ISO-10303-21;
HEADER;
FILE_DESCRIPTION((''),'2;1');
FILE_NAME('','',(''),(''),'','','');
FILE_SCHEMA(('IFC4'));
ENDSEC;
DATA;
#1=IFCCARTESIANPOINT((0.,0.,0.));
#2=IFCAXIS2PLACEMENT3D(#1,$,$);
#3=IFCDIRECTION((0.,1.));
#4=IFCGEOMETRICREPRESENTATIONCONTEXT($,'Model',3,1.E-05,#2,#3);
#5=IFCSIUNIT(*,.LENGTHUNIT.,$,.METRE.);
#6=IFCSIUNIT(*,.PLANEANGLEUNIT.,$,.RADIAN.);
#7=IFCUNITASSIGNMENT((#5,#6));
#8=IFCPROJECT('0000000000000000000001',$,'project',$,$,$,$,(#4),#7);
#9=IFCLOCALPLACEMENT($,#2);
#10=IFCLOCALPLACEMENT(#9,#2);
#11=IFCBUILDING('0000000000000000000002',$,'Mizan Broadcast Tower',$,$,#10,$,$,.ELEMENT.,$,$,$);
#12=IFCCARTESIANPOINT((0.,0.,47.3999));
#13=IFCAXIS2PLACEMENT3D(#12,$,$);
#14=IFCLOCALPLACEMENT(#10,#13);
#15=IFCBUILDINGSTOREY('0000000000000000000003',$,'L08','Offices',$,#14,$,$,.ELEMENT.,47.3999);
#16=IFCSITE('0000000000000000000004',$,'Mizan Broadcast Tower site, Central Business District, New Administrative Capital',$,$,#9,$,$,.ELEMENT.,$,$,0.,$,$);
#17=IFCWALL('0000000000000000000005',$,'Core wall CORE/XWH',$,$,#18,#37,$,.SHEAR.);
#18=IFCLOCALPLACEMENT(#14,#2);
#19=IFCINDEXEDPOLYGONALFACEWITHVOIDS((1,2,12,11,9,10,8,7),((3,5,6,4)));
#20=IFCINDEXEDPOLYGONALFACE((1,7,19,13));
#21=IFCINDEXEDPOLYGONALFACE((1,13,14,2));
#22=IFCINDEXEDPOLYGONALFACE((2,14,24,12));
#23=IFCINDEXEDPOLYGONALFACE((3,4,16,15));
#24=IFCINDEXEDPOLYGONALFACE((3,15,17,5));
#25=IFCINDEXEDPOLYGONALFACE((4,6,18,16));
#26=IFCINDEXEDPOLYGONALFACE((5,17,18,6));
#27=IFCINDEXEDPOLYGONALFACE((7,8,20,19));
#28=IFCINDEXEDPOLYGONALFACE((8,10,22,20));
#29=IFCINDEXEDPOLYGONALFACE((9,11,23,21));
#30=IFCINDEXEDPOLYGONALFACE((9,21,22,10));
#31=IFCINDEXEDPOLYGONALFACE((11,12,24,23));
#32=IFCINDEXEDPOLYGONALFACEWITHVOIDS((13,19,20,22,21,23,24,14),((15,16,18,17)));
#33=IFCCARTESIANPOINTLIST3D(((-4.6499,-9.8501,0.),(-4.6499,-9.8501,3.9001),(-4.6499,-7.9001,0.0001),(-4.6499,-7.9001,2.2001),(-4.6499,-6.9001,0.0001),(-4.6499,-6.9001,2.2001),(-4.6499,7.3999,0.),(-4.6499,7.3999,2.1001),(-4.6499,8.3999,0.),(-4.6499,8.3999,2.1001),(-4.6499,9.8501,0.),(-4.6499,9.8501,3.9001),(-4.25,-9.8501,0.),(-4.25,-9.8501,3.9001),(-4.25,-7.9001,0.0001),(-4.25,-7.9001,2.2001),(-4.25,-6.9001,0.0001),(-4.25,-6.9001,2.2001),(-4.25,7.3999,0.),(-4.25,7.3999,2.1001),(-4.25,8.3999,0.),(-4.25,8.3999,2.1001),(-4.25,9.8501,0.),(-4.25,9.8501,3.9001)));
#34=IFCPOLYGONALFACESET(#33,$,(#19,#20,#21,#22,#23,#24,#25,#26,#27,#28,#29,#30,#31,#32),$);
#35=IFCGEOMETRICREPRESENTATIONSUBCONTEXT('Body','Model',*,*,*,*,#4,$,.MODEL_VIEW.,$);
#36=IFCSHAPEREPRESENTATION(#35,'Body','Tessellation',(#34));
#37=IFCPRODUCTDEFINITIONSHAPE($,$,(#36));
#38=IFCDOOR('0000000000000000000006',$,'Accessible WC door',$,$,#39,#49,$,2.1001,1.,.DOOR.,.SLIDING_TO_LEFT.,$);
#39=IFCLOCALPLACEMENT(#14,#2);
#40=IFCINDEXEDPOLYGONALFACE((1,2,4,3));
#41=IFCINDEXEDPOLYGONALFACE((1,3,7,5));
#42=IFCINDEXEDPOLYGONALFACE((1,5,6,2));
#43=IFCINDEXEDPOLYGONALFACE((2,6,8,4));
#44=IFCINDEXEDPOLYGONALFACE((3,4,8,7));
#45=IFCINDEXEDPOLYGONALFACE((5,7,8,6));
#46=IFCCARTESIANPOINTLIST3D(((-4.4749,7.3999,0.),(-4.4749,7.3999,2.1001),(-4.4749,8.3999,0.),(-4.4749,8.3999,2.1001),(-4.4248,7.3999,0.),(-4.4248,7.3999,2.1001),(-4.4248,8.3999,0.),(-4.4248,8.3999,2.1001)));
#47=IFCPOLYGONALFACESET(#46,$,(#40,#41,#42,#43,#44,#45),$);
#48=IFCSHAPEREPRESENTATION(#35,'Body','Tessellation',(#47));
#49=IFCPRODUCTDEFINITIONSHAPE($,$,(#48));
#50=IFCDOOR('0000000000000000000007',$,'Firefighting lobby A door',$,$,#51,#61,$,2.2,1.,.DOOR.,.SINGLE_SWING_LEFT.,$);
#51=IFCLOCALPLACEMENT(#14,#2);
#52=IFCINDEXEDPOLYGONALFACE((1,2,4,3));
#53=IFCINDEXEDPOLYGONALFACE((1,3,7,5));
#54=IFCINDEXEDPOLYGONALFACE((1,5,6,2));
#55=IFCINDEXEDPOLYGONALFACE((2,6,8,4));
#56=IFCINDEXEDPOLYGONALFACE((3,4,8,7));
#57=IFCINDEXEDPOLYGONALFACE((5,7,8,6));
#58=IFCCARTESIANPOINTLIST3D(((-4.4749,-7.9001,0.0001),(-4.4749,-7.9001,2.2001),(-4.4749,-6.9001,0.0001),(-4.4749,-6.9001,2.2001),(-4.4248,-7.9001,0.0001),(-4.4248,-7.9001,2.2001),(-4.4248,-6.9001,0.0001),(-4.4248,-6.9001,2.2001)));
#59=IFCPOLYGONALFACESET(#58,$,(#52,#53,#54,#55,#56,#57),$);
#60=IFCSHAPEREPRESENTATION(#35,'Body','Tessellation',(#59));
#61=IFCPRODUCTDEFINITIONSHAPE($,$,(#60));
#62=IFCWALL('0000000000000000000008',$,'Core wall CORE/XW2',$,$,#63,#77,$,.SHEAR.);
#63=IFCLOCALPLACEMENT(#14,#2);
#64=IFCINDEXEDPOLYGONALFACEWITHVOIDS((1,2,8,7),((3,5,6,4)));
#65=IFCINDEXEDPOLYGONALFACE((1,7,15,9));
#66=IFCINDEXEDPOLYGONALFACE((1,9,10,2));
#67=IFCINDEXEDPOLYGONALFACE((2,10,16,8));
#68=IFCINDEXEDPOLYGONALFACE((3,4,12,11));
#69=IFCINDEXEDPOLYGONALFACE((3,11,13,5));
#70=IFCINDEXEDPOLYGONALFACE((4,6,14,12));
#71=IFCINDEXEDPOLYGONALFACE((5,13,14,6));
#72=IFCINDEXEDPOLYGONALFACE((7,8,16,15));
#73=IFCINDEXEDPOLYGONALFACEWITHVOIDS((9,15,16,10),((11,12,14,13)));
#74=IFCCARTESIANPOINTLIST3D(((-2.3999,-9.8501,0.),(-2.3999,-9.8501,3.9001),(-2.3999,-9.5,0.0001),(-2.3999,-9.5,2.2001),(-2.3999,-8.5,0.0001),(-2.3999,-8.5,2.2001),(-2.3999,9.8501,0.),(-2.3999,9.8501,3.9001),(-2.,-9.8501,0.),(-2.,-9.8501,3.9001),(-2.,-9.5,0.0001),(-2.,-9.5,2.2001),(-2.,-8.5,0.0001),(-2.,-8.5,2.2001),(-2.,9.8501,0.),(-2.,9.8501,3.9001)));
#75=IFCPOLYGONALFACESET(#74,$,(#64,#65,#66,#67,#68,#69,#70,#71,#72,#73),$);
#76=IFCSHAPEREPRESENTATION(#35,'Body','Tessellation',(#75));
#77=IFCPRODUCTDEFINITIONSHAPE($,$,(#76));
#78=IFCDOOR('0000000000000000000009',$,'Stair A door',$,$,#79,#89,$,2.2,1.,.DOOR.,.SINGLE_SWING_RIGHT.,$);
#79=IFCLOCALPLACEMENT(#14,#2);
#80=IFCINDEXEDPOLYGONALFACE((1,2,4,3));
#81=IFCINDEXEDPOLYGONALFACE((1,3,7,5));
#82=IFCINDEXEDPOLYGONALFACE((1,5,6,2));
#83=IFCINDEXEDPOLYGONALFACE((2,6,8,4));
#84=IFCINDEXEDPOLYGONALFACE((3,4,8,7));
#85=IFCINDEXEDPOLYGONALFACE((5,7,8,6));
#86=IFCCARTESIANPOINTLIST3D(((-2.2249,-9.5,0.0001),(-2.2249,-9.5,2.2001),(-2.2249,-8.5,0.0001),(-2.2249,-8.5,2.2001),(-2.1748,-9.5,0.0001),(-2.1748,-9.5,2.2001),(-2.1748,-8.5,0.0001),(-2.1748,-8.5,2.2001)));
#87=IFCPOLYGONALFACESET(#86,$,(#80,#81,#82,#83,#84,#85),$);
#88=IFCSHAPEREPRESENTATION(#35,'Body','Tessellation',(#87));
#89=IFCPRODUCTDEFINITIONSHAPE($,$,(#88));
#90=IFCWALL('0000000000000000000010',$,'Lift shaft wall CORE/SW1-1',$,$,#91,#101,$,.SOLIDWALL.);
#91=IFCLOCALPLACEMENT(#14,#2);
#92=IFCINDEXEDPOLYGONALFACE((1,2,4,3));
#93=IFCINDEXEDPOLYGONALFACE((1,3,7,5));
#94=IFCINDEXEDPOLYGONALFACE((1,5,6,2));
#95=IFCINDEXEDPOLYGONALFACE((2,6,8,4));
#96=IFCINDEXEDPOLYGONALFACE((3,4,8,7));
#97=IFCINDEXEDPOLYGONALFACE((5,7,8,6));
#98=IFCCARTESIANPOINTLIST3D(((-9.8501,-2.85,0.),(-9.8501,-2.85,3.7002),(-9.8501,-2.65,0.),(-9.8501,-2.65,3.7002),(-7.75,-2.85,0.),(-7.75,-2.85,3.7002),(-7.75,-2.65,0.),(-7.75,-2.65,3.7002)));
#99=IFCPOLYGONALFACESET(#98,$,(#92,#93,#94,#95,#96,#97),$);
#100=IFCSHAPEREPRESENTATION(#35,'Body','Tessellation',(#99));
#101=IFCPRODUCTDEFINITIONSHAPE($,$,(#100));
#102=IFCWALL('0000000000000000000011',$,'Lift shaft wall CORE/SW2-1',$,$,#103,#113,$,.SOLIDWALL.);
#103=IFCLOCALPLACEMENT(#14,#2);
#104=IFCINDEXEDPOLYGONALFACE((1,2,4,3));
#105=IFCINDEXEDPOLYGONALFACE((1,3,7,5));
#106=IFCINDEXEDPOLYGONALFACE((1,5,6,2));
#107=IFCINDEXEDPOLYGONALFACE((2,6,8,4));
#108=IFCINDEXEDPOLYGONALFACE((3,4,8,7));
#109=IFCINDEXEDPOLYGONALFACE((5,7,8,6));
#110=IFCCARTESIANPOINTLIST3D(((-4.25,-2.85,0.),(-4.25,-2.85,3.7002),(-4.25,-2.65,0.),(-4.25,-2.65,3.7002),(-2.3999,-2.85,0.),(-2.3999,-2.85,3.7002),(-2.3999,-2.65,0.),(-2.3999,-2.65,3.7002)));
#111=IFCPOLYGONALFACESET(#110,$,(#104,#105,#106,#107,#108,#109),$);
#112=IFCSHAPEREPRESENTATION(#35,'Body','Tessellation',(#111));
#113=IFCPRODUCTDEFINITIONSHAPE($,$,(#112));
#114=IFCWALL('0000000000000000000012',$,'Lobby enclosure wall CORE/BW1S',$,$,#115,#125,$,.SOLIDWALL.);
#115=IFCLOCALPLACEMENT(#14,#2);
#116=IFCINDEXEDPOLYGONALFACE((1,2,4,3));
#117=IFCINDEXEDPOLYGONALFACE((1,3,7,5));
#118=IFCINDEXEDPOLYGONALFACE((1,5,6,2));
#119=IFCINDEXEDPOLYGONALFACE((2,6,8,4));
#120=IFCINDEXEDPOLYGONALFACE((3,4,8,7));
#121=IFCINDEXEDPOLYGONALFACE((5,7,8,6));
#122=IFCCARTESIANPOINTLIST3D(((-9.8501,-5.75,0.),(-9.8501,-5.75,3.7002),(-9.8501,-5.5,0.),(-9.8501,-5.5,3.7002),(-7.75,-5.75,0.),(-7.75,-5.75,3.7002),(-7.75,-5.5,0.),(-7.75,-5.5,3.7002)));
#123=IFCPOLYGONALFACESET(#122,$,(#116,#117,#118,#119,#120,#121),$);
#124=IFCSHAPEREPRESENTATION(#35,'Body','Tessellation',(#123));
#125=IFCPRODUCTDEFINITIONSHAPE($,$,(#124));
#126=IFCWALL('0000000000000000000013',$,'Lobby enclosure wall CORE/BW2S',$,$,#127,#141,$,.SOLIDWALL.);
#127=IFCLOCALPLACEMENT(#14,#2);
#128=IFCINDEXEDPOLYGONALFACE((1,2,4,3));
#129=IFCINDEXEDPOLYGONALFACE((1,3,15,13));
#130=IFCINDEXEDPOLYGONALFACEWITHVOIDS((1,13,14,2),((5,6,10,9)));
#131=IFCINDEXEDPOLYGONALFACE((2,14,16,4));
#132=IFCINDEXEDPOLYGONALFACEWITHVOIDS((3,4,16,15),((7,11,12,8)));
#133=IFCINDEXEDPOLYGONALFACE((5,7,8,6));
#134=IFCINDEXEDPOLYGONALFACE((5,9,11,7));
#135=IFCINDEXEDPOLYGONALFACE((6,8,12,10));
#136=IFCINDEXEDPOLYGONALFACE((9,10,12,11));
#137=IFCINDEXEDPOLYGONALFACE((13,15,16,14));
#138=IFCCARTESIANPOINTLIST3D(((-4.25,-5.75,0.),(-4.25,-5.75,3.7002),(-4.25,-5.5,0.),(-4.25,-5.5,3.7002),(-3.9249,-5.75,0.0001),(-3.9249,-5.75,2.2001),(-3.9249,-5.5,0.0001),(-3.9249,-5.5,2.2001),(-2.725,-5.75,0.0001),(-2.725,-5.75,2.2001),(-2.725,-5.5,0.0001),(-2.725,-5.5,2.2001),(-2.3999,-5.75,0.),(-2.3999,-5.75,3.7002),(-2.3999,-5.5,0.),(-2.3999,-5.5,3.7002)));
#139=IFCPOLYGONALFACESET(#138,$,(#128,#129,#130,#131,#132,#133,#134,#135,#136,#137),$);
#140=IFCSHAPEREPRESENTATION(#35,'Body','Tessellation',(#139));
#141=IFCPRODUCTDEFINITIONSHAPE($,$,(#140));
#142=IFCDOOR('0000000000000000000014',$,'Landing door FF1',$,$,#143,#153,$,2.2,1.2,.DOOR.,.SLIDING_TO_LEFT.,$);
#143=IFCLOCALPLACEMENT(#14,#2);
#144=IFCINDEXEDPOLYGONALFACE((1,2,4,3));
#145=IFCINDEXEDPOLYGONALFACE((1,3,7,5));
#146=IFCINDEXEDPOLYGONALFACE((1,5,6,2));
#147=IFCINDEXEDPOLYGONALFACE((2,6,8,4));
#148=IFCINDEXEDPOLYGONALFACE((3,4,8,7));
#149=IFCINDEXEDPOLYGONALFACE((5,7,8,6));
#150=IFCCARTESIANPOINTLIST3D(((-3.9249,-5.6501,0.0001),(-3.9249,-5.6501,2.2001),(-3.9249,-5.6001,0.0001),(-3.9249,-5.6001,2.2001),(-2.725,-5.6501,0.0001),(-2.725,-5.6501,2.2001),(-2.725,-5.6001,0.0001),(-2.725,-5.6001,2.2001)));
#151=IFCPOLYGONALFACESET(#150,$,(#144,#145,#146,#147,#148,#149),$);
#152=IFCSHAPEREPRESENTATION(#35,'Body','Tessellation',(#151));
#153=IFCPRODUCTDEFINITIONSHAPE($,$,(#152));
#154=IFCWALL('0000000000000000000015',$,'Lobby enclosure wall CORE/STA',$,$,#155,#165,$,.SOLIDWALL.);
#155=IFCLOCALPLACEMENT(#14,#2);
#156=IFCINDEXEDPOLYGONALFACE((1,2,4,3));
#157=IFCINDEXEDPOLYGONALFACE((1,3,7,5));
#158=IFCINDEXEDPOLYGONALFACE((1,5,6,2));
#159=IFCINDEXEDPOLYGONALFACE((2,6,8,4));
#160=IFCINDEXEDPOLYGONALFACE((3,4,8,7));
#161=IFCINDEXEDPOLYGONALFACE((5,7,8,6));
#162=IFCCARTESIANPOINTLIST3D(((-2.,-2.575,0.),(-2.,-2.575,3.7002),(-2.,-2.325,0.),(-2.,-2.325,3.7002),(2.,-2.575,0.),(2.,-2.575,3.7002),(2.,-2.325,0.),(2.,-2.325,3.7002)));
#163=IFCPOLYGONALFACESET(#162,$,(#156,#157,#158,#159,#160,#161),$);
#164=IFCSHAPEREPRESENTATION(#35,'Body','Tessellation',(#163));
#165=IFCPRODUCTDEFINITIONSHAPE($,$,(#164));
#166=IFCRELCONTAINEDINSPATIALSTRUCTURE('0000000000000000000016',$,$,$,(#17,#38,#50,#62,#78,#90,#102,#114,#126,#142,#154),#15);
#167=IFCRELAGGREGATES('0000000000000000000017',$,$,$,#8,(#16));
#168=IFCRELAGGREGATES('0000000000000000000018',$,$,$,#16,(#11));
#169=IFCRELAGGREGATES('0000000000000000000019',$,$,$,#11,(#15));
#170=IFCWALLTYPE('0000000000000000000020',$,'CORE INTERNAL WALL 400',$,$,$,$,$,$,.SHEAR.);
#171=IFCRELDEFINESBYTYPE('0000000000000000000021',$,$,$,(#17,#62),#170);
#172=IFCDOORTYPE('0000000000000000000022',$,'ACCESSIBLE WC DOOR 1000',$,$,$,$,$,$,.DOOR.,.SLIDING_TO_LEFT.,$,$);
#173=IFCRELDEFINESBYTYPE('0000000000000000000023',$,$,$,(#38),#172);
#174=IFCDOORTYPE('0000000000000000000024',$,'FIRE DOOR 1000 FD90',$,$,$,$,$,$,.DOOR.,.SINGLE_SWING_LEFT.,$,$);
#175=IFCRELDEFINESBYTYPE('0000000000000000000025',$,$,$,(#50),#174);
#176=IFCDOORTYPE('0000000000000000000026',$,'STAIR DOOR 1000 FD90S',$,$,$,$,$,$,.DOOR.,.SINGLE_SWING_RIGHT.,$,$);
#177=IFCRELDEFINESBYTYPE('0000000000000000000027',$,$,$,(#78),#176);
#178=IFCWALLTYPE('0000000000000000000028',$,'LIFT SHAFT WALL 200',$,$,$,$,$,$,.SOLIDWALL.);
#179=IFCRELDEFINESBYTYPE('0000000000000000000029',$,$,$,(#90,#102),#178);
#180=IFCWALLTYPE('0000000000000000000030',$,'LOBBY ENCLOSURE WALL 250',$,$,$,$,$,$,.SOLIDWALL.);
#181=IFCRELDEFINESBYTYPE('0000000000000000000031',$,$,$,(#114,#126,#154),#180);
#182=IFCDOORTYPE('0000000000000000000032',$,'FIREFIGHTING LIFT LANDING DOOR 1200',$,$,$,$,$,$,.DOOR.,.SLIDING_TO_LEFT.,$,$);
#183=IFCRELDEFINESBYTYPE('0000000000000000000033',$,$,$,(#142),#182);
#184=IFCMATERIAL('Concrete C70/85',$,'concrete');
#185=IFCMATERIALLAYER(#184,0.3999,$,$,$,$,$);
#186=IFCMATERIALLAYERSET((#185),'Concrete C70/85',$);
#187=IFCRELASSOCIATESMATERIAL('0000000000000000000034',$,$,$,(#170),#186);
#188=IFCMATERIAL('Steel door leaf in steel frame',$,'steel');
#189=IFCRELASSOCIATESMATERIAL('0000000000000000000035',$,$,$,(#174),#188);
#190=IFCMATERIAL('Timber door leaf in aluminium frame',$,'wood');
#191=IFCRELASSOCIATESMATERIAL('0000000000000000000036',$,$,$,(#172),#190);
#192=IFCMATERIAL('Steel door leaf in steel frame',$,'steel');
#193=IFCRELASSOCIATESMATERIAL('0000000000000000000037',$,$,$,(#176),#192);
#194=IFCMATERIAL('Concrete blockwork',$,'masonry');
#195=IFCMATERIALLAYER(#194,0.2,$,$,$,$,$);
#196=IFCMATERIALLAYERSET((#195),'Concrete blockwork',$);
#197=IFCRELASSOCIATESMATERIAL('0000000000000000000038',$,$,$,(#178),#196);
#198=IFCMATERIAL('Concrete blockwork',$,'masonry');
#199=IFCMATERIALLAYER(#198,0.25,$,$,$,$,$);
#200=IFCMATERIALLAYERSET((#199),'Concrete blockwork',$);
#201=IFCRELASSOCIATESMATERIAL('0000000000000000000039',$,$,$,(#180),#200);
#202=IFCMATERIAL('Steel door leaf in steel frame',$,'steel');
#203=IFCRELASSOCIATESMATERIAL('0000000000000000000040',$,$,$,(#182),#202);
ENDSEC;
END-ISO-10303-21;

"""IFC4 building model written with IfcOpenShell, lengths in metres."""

from ifc_helpers import new_model, si_unit, direction, frame, frame_2d, origin, place, context, subcontext, project, spatial, rectangle, extrude, material, layer, layer_set, type_object, element, fill, save


model = new_model("IFC4")

# Units and contexts
model_context = context("Model", 3, precision=1e-05, world=origin(), true_north=direction((0.0, 1.0)))
body_context = subcontext(model_context, "Body", "Model", "MODEL_VIEW")
ifc_project = project(units=[si_unit("LENGTHUNIT", "METRE"), si_unit("PLANEANGLEUNIT", "RADIAN")], contexts=[model_context])

# Site, building, storey
site_placement = place(None, origin())
site = spatial("IfcSite", under=ifc_project, at=site_placement, Name="Mizan Broadcast Tower site, Central Business District, New Administrative Capital", CompositionType="ELEMENT", RefElevation=0.0)
building_placement = place(site_placement, origin())
building = spatial("IfcBuilding", under=site, at=building_placement, Name="Mizan Broadcast Tower", CompositionType="ELEMENT")
storey_placement = place(building_placement, frame((0.0, 0.0, 47.3999)))
storey = spatial("IfcBuildingStorey", under=building, at=storey_placement, Name="L08", Description="Offices", CompositionType="ELEMENT", Elevation=47.3999)

# Wall, openings, doors
ifc_material_1 = material(Name="Concrete C70/85", Category="concrete")
ifc_layer_1 = layer(ifc_material_1, 0.3999)
ifc_layer_set_1 = layer_set([ifc_layer_1], Name="Concrete C70/85")
wall_type_1 = type_object("IfcWallType", Name="CORE INTERNAL WALL 400", PredefinedType="SHEAR", material=ifc_layer_set_1)
ifc_material_2 = material(Name="Steel door leaf in steel frame", Category="steel")
door_type_1 = type_object("IfcDoorType", Name="FIRE DOOR 1000 FD90", OperationType="SINGLE_SWING_LEFT", PredefinedType="DOOR", material=ifc_material_2)
wall_1_placement = place(storey_placement, frame((-4.45, -9.8501, 0.0), z_axis=(0.0, 0.0, 1.0), x_axis=(0.0, 1.0, 0.0)))
wall_1 = element("IfcWall", 1, at=wall_1_placement, inside=storey, type_object=wall_type_1, Name="Core wall CORE/XWH", PredefinedType="SHEAR", context=body_context, shape_type="SweptSolid", body=[
    extrude(rectangle(XDim=19.7002, YDim=0.3999, at=frame_2d((9.8501, 0.0))), origin(), (0.0, 0.0, 1.0), 3.9001),
])
opening_1_placement = place(wall_1_placement, frame((1.95, 0.0, 0.0)))
opening_1 = element("IfcOpeningElement", 2, at=opening_1_placement, cuts=wall_1, PredefinedType="OPENING", context=body_context, shape_type="SweptSolid", body=[
    extrude(rectangle(XDim=1.0, YDim=2.2, at=frame_2d((0.5, 1.1001))), frame((0.0, 0.21, 0.0), z_axis=(0.0, -1.0, 0.0), x_axis=(1.0, 0.0, 0.0)), (0.0, 0.0, 1.0), 0.4199),
])
opening_2_placement = place(wall_1_placement, frame((17.25, 0.0, 0.0)))
opening_2 = element("IfcOpeningElement", 3, at=opening_2_placement, cuts=wall_1, PredefinedType="OPENING", context=body_context, shape_type="SweptSolid", body=[
    extrude(rectangle(XDim=1.0, YDim=2.1001, at=frame_2d((0.5, 1.05))), frame((0.0, 0.21, 0.0), z_axis=(0.0, -1.0, 0.0), x_axis=(1.0, 0.0, 0.0)), (0.0, 0.0, 1.0), 0.4199),
])
ifc_material_3 = material(Name="Timber door leaf in aluminium frame", Category="wood")
door_type_2 = type_object("IfcDoorType", Name="ACCESSIBLE WC DOOR 1000", OperationType="SLIDING_TO_LEFT", PredefinedType="DOOR", material=ifc_material_3)
door_1_placement = place(opening_2_placement, origin())
door_1 = element("IfcDoor", 4, at=door_1_placement, inside=storey, type_object=door_type_2, Name="Accessible WC door", OperationType="SLIDING_TO_LEFT", OverallHeight=2.1001, OverallWidth=1.0, PredefinedType="DOOR", context=body_context, shape_type="SweptSolid", body=[
    extrude(rectangle(XDim=1.0, YDim=2.1001, at=frame_2d((0.5, 1.05))), frame((0.0, 0.0249, 0.0), z_axis=(0.0, -1.0, 0.0), x_axis=(1.0, 0.0, 0.0)), (0.0, 0.0, 1.0), 0.05),
])
fill(opening_2, door_1)
door_2_placement = place(opening_1_placement, origin())
door_2 = element("IfcDoor", 5, at=door_2_placement, inside=storey, type_object=door_type_1, Name="Firefighting lobby A door", OperationType="SINGLE_SWING_LEFT", OverallHeight=2.2, OverallWidth=1.0, PredefinedType="DOOR", context=body_context, shape_type="SweptSolid", body=[
    extrude(rectangle(XDim=1.0, YDim=2.2, at=frame_2d((0.5, 1.1001))), frame((0.0, 0.0249, 0.0), z_axis=(0.0, -1.0, 0.0), x_axis=(1.0, 0.0, 0.0)), (0.0, 0.0, 1.0), 0.05),
])
fill(opening_1, door_2)

# Wall, opening, door
wall_2_placement = place(storey_placement, frame((-2.2, -9.8501, 0.0), z_axis=(0.0, 0.0, 1.0), x_axis=(0.0, 1.0, 0.0)))
wall_2 = element("IfcWall", 6, at=wall_2_placement, inside=storey, type_object=wall_type_1, Name="Core wall CORE/XW2", PredefinedType="SHEAR", context=body_context, shape_type="SweptSolid", body=[
    extrude(rectangle(XDim=19.7002, YDim=0.3999, at=frame_2d((9.8501, 0.0))), origin(), (0.0, 0.0, 1.0), 3.9001),
])
opening_3_placement = place(wall_2_placement, frame((0.3501, 0.0, 0.0)))
opening_3 = element("IfcOpeningElement", 7, at=opening_3_placement, cuts=wall_2, PredefinedType="OPENING", context=body_context, shape_type="SweptSolid", body=[
    extrude(rectangle(XDim=1.0, YDim=2.2, at=frame_2d((0.5, 1.1001))), frame((0.0, 0.21, 0.0), z_axis=(0.0, -1.0, 0.0), x_axis=(1.0, 0.0, 0.0)), (0.0, 0.0, 1.0), 0.4199),
])
ifc_material_4 = material(Name="Steel door leaf in steel frame", Category="steel")
door_type_3 = type_object("IfcDoorType", Name="STAIR DOOR 1000 FD90S", OperationType="SINGLE_SWING_RIGHT", PredefinedType="DOOR", material=ifc_material_4)
door_3_placement = place(opening_3_placement, origin())
door_3 = element("IfcDoor", 8, at=door_3_placement, inside=storey, type_object=door_type_3, Name="Stair A door", OperationType="SINGLE_SWING_RIGHT", OverallHeight=2.2, OverallWidth=1.0, PredefinedType="DOOR", context=body_context, shape_type="SweptSolid", body=[
    extrude(rectangle(XDim=1.0, YDim=2.2, at=frame_2d((0.5, 1.1001))), frame((0.0, 0.0249, 0.0), z_axis=(0.0, -1.0, 0.0), x_axis=(1.0, 0.0, 0.0)), (0.0, 0.0, 1.0), 0.05),
])
fill(opening_3, door_3)

# Walls
ifc_material_5 = material(Name="Concrete blockwork", Category="masonry")
ifc_layer_2 = layer(ifc_material_5, 0.2)
ifc_layer_set_2 = layer_set([ifc_layer_2], Name="Concrete blockwork")
wall_type_2 = type_object("IfcWallType", Name="LIFT SHAFT WALL 200", PredefinedType="SOLIDWALL", material=ifc_layer_set_2)
wall_3_placement = place(storey_placement, frame((-9.8501, -2.75, 0.0), z_axis=(0.0, 0.0, 1.0), x_axis=(1.0, 0.0, 0.0)))
element("IfcWall", 9, at=wall_3_placement, inside=storey, type_object=wall_type_2, Name="Lift shaft wall CORE/SW1-1", PredefinedType="SOLIDWALL", context=body_context, shape_type="SweptSolid", body=[
    extrude(rectangle(XDim=2.1001, YDim=0.2, at=frame_2d((1.05, 0.0))), origin(), (0.0, 0.0, 1.0), 3.7002),
])
wall_4_placement = place(storey_placement, frame((-4.25, -2.75, 0.0), z_axis=(0.0, 0.0, 1.0), x_axis=(1.0, 0.0, 0.0)))
element("IfcWall", 10, at=wall_4_placement, inside=storey, type_object=wall_type_2, Name="Lift shaft wall CORE/SW2-1", PredefinedType="SOLIDWALL", context=body_context, shape_type="SweptSolid", body=[
    extrude(rectangle(XDim=1.8501, YDim=0.2, at=frame_2d((0.925, 0.0))), origin(), (0.0, 0.0, 1.0), 3.7002),
])
ifc_material_6 = material(Name="Concrete blockwork", Category="masonry")
ifc_layer_3 = layer(ifc_material_6, 0.25)
ifc_layer_set_3 = layer_set([ifc_layer_3], Name="Concrete blockwork")
wall_type_3 = type_object("IfcWallType", Name="LOBBY ENCLOSURE WALL 250", PredefinedType="SOLIDWALL", material=ifc_layer_set_3)
wall_5_placement = place(storey_placement, frame((-9.8501, -5.625, 0.0), z_axis=(0.0, 0.0, 1.0), x_axis=(1.0, 0.0, 0.0)))
element("IfcWall", 11, at=wall_5_placement, inside=storey, type_object=wall_type_3, Name="Lobby enclosure wall CORE/BW1S", PredefinedType="SOLIDWALL", context=body_context, shape_type="SweptSolid", body=[
    extrude(rectangle(XDim=2.1001, YDim=0.25, at=frame_2d((1.05, 0.0))), origin(), (0.0, 0.0, 1.0), 3.7002),
])

# Wall, opening, door
wall_6_placement = place(storey_placement, frame((-4.25, -5.625, 0.0), z_axis=(0.0, 0.0, 1.0), x_axis=(1.0, 0.0, 0.0)))
wall_6 = element("IfcWall", 12, at=wall_6_placement, inside=storey, type_object=wall_type_3, Name="Lobby enclosure wall CORE/BW2S", PredefinedType="SOLIDWALL", context=body_context, shape_type="SweptSolid", body=[
    extrude(rectangle(XDim=1.8501, YDim=0.25, at=frame_2d((0.925, 0.0))), origin(), (0.0, 0.0, 1.0), 3.7002),
])
opening_4_placement = place(wall_6_placement, frame((0.325, 0.0, 0.0)))
opening_4 = element("IfcOpeningElement", 13, at=opening_4_placement, cuts=wall_6, PredefinedType="OPENING", context=body_context, shape_type="SweptSolid", body=[
    extrude(rectangle(XDim=1.2, YDim=2.2, at=frame_2d((0.6001, 1.1001))), frame((0.0, 0.135, 0.0), z_axis=(0.0, -1.0, 0.0), x_axis=(1.0, 0.0, 0.0)), (0.0, 0.0, 1.0), 0.27),
])
ifc_material_7 = material(Name="Steel door leaf in steel frame", Category="steel")
door_type_4 = type_object("IfcDoorType", Name="FIREFIGHTING LIFT LANDING DOOR 1200", OperationType="SLIDING_TO_LEFT", PredefinedType="DOOR", material=ifc_material_7)
door_4_placement = place(opening_4_placement, origin())
door_4 = element("IfcDoor", 14, at=door_4_placement, inside=storey, type_object=door_type_4, Name="Landing door FF1", OperationType="SLIDING_TO_LEFT", OverallHeight=2.2, OverallWidth=1.2, PredefinedType="DOOR", context=body_context, shape_type="SweptSolid", body=[
    extrude(rectangle(XDim=1.2, YDim=2.2, at=frame_2d((0.6001, 1.1001))), frame((0.0, 0.0249, 0.0), z_axis=(0.0, -1.0, 0.0), x_axis=(1.0, 0.0, 0.0)), (0.0, 0.0, 1.0), 0.05),
])
fill(opening_4, door_4)

# Wall
wall_7_placement = place(storey_placement, frame((-2.0, -2.45, 0.0), z_axis=(0.0, 0.0, 1.0), x_axis=(1.0, 0.0, 0.0)))
element("IfcWall", 15, at=wall_7_placement, inside=storey, type_object=wall_type_3, Name="Lobby enclosure wall CORE/STA", PredefinedType="SOLIDWALL", context=body_context, shape_type="SweptSolid", body=[
    extrude(rectangle(XDim=4.0, YDim=0.25, at=frame_2d((2.0, 0.0))), origin(), (0.0, 0.0, 1.0), 3.7002),
])

save(model, "model.ifc")
